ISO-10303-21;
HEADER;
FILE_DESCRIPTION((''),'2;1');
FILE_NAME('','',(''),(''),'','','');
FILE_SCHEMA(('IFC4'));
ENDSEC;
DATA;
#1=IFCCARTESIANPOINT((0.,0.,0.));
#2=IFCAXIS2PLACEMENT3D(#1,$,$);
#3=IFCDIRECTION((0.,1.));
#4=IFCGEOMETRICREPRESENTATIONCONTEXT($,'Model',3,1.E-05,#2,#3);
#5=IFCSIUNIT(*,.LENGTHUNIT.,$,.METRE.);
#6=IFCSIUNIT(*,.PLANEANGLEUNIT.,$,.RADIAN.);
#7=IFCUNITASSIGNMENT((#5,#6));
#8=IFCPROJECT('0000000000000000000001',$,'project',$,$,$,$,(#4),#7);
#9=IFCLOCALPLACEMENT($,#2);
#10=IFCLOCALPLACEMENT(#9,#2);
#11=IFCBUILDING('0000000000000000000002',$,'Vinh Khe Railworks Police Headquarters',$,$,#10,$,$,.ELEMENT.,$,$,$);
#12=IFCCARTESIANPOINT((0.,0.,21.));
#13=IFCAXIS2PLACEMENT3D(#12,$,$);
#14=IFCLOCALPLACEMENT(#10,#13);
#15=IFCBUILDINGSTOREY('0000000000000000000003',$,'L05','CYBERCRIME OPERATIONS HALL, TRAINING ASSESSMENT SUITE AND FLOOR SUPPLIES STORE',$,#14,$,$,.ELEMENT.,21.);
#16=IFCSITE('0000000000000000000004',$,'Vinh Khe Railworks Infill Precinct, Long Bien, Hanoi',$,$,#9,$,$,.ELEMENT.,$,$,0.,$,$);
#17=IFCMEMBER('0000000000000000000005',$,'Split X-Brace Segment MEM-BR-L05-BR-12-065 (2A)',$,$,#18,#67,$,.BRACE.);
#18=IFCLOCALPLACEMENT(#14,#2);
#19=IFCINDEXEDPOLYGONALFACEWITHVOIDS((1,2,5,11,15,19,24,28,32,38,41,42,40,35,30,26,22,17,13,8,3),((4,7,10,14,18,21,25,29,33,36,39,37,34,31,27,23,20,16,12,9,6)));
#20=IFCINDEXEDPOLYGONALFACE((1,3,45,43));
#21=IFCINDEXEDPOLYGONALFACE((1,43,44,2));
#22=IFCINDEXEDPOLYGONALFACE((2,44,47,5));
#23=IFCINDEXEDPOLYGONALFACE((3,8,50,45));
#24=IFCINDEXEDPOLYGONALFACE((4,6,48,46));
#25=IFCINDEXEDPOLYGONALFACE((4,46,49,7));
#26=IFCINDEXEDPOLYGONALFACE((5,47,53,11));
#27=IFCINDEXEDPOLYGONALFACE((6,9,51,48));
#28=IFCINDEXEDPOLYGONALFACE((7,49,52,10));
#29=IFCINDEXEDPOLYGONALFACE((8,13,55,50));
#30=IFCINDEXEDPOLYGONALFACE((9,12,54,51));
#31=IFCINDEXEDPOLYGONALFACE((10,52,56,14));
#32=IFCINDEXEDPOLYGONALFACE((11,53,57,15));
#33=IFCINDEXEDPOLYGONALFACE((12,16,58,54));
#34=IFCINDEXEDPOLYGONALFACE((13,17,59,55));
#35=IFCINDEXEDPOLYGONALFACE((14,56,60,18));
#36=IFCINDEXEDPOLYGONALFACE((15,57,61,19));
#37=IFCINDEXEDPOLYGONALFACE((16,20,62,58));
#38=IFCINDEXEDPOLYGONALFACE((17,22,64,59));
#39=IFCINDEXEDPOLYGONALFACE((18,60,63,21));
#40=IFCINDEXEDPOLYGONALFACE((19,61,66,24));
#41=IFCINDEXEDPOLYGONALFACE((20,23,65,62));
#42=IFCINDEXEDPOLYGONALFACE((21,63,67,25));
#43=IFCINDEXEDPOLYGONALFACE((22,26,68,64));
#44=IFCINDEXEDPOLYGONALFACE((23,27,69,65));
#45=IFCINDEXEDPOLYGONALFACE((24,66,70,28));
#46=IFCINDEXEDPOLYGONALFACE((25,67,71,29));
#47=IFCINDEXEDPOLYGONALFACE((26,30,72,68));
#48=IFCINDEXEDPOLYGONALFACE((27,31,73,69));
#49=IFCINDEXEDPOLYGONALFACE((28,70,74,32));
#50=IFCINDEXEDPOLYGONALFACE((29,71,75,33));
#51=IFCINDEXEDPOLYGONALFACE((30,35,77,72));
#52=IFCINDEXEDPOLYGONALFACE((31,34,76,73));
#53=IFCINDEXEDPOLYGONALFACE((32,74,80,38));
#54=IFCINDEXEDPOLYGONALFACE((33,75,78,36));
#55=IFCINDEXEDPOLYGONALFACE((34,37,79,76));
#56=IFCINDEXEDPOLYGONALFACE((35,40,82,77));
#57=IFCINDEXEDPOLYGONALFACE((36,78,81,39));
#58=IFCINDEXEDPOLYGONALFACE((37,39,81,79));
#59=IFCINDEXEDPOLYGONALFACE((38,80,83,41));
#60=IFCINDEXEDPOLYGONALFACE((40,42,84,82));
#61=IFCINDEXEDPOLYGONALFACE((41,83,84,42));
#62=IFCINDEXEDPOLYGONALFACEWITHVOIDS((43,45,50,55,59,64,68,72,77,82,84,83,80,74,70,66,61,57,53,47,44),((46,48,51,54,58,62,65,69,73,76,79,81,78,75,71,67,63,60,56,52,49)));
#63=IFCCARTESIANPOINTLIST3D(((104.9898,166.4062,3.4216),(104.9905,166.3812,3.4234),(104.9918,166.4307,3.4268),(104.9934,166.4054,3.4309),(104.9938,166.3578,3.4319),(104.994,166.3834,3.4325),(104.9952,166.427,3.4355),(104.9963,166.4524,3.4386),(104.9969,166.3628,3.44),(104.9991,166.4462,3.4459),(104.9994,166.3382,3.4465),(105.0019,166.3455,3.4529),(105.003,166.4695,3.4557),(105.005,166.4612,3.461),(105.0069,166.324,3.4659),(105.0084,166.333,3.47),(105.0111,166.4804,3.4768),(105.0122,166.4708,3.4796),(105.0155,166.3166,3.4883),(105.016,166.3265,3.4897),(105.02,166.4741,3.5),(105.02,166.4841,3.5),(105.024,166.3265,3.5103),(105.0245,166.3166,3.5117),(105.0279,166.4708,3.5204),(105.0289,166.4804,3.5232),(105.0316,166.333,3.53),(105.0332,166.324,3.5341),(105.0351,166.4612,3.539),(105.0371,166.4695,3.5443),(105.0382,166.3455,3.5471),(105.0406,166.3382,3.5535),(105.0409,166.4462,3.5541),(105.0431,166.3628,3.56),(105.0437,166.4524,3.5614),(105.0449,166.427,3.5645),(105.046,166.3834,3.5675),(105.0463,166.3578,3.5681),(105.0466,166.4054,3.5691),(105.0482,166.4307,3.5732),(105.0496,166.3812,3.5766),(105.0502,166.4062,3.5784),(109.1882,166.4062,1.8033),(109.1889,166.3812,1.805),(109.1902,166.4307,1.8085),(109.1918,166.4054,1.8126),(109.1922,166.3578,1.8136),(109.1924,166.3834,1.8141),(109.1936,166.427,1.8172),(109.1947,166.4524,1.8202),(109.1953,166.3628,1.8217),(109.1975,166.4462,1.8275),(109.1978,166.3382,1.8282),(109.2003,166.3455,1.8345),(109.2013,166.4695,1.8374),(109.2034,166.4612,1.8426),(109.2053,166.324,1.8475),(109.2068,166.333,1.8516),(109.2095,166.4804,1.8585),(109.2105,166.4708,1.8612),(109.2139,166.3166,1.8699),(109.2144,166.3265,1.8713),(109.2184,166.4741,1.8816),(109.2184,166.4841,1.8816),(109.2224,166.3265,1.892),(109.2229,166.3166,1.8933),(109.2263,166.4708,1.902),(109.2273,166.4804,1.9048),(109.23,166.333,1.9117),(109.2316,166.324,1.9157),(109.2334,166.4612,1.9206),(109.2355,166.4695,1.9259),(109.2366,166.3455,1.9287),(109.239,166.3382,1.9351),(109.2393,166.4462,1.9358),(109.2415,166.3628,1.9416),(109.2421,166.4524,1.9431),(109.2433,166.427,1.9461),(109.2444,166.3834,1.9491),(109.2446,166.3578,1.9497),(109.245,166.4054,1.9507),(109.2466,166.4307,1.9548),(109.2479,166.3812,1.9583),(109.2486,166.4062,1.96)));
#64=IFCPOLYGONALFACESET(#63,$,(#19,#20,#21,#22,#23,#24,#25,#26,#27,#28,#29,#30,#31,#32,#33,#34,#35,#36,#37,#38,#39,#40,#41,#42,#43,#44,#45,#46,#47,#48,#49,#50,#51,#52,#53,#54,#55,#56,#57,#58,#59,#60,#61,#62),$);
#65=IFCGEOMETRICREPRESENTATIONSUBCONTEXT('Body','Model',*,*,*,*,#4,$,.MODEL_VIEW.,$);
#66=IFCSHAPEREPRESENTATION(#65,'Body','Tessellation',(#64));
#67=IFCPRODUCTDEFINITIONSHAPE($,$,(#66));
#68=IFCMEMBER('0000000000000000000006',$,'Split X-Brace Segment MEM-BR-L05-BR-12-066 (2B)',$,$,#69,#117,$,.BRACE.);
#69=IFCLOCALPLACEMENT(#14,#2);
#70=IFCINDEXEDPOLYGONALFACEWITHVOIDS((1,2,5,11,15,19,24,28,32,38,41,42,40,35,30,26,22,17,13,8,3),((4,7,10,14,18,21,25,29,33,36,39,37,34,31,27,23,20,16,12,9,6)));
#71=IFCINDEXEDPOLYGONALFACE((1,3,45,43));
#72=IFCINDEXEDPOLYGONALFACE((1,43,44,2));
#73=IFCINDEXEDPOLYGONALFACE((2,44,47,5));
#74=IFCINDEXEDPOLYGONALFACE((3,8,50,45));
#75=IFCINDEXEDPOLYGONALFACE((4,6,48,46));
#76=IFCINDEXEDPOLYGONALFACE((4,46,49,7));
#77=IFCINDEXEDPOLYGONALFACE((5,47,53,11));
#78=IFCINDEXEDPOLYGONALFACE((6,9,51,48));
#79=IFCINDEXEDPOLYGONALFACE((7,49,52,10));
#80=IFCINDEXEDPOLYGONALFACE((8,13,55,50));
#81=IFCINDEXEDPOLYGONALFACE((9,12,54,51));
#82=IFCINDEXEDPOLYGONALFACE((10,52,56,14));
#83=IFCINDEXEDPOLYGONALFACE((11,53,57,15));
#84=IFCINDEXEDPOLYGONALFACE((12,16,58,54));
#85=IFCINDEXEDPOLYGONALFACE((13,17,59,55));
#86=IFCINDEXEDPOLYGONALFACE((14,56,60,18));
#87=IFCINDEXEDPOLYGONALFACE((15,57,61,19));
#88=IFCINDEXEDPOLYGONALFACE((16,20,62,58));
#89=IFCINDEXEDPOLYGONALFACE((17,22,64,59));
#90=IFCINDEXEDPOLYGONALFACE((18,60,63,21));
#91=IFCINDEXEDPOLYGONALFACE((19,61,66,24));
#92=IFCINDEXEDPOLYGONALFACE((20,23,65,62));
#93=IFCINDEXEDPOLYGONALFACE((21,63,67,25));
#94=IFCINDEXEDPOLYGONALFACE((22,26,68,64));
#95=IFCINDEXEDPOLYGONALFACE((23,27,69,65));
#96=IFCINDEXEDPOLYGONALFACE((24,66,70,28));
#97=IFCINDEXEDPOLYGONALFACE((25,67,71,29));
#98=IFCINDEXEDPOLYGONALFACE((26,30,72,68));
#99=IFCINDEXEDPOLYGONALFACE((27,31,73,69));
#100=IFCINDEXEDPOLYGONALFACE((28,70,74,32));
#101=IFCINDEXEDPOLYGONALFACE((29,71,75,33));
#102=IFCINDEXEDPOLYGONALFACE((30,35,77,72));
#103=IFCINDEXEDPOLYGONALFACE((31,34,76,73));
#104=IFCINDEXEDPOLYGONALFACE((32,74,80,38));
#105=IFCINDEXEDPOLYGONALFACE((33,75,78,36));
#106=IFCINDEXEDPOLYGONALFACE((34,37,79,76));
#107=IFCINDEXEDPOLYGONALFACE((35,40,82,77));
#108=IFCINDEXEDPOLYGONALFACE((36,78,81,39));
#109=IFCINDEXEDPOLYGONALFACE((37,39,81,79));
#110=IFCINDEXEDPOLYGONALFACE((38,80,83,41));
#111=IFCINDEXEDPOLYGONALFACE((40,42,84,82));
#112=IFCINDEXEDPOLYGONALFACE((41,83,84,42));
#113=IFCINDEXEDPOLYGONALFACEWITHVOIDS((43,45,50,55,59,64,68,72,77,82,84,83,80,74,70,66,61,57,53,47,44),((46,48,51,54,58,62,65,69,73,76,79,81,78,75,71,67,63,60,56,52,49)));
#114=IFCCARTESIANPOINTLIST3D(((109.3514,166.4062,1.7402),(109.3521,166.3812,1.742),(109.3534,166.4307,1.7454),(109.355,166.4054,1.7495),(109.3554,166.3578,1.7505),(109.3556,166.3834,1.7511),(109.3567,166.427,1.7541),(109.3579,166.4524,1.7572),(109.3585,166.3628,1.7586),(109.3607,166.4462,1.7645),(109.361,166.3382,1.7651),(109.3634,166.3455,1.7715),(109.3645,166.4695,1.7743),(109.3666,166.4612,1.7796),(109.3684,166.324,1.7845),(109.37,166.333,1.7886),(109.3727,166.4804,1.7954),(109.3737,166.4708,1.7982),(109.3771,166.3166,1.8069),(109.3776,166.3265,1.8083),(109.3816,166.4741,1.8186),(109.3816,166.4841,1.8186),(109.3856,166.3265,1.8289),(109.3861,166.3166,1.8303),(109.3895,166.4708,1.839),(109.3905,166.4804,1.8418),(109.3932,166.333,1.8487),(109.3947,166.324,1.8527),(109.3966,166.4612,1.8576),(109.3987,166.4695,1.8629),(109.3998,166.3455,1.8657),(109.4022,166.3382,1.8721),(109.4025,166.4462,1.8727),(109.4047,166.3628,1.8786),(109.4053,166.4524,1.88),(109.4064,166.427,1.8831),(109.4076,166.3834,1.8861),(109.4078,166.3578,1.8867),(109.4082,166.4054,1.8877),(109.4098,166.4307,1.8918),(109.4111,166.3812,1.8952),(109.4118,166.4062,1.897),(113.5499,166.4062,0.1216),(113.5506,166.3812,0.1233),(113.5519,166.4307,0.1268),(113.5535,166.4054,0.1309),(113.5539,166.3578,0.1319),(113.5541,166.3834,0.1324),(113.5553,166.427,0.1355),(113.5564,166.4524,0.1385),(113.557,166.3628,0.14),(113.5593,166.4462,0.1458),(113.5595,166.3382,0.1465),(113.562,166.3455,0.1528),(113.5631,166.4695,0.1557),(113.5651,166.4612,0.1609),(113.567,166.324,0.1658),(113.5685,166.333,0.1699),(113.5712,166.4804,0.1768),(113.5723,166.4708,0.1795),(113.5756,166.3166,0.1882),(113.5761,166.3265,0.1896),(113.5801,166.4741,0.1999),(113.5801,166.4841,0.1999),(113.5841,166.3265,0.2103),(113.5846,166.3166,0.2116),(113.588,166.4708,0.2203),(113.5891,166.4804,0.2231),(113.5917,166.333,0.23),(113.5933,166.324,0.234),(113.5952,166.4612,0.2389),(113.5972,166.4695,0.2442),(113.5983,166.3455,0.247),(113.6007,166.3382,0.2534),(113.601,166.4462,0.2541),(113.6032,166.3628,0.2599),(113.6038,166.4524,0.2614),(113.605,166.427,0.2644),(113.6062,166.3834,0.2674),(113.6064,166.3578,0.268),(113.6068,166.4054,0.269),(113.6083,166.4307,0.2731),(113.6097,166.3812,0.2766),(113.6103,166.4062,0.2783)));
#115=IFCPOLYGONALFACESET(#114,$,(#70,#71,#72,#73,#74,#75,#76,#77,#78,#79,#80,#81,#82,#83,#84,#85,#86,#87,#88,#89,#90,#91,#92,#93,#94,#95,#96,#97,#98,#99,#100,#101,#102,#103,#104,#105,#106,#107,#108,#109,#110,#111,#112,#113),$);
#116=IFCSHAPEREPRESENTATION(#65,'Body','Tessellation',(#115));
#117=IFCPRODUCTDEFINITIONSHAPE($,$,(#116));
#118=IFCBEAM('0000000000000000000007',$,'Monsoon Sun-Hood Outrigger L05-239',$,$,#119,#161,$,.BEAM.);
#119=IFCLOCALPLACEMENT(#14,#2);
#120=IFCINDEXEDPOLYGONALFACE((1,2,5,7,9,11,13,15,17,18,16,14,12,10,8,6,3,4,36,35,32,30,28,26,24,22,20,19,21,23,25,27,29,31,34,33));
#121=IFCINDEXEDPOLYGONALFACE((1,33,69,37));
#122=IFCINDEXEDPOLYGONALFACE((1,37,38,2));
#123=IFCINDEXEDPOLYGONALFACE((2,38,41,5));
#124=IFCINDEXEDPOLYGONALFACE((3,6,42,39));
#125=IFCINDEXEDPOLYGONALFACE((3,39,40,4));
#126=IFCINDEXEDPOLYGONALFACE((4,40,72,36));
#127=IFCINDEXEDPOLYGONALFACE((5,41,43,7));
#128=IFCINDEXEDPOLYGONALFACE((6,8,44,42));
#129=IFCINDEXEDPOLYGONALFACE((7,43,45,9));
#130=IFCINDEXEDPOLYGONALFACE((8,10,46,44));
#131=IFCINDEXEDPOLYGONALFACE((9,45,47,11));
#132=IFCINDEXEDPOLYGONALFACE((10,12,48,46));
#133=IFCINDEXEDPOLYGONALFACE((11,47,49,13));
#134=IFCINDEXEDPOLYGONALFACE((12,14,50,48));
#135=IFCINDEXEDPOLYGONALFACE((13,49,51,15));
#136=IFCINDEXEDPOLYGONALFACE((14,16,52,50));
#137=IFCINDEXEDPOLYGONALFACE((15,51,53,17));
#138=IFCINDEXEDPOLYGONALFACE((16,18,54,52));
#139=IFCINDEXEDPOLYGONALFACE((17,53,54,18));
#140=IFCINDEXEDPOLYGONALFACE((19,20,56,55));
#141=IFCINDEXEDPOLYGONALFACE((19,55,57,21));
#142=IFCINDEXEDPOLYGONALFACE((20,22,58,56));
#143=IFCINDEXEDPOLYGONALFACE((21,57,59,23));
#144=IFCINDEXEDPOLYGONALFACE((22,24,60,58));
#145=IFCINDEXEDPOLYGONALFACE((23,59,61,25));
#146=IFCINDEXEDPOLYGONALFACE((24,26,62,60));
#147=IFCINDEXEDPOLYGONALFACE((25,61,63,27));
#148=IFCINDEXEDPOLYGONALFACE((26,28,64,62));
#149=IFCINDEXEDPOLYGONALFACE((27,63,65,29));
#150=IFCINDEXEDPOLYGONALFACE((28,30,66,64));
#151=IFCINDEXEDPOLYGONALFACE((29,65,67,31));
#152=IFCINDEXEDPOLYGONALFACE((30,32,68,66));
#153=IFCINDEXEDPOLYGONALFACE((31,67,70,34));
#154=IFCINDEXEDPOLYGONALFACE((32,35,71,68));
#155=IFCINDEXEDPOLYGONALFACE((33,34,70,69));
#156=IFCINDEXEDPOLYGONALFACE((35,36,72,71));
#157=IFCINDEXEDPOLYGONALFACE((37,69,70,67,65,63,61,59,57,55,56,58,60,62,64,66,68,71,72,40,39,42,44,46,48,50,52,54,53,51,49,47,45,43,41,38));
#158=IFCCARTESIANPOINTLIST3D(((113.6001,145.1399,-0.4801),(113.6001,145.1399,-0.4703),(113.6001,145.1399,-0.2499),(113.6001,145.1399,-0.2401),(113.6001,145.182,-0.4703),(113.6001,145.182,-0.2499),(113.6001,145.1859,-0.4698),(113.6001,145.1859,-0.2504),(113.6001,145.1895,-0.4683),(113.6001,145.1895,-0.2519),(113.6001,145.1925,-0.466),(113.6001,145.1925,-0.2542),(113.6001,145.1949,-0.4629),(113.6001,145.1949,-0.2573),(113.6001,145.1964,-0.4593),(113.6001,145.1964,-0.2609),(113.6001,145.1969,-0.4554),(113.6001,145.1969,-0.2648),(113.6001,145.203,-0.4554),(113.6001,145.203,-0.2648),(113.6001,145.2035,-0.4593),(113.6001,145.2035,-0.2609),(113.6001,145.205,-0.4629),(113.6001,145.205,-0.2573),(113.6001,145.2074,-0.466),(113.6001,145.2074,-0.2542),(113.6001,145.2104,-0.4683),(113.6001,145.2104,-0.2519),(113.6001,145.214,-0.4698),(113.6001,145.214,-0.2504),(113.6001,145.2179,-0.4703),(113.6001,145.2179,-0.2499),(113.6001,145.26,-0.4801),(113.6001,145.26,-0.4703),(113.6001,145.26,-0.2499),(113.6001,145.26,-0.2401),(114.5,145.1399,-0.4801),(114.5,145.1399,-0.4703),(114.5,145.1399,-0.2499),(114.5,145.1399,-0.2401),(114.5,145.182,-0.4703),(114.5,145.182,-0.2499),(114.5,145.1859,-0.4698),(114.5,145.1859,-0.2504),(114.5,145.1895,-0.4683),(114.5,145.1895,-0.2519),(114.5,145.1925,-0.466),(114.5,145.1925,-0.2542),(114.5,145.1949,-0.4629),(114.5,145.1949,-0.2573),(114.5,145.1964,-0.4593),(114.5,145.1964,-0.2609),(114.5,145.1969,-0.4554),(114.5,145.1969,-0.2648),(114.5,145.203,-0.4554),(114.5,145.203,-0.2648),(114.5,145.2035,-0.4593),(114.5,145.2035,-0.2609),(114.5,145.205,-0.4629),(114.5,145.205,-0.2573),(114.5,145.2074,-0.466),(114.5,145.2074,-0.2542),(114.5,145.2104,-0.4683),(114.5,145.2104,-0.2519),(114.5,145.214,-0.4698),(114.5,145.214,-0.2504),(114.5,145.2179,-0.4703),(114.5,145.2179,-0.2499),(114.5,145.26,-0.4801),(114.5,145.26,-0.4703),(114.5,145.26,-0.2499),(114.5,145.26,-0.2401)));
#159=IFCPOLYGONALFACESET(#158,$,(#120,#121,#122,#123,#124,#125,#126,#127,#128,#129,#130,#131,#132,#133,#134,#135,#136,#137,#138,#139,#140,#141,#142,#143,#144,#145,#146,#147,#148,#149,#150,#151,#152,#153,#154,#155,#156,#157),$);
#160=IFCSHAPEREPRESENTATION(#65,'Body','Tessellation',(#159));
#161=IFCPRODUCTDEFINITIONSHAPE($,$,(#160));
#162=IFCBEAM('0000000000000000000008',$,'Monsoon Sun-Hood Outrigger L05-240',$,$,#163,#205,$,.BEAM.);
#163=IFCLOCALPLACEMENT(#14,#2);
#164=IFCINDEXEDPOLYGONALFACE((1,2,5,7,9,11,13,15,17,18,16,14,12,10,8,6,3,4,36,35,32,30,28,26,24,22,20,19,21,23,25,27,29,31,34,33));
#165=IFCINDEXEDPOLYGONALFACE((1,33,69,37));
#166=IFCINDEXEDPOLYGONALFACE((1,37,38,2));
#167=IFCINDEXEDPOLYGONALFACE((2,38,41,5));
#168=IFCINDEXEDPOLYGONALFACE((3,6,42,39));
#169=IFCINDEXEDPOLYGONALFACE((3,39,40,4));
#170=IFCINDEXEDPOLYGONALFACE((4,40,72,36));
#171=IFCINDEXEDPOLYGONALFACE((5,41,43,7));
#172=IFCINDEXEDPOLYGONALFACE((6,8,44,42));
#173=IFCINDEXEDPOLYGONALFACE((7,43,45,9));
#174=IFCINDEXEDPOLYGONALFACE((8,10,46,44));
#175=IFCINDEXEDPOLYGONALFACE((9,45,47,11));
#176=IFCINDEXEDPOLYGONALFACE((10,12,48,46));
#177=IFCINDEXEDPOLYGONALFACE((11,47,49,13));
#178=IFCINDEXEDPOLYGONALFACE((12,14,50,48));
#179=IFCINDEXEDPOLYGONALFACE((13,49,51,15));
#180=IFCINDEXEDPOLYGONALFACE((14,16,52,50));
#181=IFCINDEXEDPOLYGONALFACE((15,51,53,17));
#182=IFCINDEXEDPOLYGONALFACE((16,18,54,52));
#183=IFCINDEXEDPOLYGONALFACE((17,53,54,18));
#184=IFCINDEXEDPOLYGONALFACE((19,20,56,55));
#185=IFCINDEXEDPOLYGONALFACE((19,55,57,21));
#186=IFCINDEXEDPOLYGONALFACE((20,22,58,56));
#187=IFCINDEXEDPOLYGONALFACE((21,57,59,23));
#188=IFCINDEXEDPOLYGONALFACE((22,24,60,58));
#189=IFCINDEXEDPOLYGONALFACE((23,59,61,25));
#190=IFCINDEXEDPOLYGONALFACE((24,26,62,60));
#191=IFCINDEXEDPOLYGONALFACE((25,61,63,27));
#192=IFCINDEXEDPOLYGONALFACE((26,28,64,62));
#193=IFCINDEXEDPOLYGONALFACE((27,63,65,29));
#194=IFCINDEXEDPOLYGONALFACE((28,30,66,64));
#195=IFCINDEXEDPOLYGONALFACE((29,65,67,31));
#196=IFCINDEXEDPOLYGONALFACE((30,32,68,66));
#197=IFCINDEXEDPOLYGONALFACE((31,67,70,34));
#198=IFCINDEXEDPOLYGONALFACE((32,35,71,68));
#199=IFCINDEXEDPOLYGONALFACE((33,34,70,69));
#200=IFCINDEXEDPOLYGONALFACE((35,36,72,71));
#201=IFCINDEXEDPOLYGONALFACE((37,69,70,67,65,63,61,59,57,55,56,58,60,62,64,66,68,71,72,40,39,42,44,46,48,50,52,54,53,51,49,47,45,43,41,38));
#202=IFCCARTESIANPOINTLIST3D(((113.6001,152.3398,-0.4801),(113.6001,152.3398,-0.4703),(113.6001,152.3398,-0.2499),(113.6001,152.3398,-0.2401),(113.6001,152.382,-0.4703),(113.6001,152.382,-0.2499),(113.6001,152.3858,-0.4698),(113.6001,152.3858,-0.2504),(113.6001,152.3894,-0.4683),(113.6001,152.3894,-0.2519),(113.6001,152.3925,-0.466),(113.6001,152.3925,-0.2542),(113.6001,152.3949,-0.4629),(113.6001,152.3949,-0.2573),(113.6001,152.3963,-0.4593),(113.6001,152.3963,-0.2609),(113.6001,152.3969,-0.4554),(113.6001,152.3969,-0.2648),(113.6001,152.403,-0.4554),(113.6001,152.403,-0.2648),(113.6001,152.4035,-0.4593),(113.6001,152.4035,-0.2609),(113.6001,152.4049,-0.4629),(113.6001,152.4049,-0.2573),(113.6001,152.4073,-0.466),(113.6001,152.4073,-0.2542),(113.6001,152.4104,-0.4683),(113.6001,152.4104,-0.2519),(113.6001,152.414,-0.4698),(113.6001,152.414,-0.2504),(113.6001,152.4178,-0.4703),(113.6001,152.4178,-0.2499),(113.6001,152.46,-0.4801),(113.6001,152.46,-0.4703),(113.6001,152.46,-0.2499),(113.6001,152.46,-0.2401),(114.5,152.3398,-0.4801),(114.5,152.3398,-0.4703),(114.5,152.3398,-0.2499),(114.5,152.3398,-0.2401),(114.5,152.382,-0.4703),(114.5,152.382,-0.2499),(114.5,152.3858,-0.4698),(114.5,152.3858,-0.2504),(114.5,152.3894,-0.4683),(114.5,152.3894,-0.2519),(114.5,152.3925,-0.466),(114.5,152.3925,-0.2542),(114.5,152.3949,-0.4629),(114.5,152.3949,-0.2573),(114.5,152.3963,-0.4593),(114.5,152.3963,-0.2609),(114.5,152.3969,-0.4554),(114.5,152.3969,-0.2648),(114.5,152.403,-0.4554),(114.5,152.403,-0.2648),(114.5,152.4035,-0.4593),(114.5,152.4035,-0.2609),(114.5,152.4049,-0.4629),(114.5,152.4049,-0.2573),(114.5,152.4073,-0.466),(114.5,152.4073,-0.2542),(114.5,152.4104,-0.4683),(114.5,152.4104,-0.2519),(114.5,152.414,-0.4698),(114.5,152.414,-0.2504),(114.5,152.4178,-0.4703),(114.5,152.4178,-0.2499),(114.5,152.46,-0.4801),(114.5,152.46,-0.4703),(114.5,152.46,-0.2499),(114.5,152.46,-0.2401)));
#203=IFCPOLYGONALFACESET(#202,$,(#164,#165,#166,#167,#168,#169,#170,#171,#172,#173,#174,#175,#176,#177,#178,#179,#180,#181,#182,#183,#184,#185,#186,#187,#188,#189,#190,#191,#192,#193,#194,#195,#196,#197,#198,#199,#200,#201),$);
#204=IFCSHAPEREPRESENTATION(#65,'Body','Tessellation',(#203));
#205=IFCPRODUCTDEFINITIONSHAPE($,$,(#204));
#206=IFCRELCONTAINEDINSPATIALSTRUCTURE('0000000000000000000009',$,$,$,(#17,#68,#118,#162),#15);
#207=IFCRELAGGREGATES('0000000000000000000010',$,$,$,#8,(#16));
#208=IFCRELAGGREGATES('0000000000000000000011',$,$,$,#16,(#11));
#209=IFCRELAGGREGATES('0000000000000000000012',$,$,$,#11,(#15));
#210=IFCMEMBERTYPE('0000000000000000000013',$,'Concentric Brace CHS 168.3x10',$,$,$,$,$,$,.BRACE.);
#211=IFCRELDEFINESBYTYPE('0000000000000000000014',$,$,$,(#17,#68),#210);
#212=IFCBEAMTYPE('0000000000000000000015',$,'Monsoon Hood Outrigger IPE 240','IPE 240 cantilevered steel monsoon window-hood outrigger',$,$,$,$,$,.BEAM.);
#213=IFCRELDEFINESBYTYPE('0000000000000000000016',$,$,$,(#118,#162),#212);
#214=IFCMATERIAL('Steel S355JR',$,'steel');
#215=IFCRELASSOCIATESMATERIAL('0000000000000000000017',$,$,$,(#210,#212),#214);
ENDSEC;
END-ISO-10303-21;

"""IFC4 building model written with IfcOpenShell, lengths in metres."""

from ifc_helpers import new_model, si_unit, direction, frame, origin, origin_2d, place, context, subcontext, project, spatial, hollow_circle, i_section, extrude, material, material_profile, profile_set, type_object, element, save


model = new_model("IFC4")

# Units and contexts
model_context = context("Model", 3, precision=1e-05, world=origin(), true_north=direction((0.0, 1.0)))
body_context = subcontext(model_context, "Body", "Model", "MODEL_VIEW")
ifc_project = project(units=[si_unit("LENGTHUNIT", "METRE"), si_unit("PLANEANGLEUNIT", "RADIAN")], contexts=[model_context])

# Site, building, storey
site_placement = place(None, origin())
site = spatial("IfcSite", under=ifc_project, at=site_placement, Name="Vinh Khe Railworks Infill Precinct, Long Bien, Hanoi", CompositionType="ELEMENT", RefElevation=0.0)
building_placement = place(site_placement, origin())
building = spatial("IfcBuilding", under=site, at=building_placement, Name="Vinh Khe Railworks Police Headquarters", CompositionType="ELEMENT")
storey_placement = place(building_placement, frame((0.0, 0.0, 21.0)))
storey = spatial("IfcBuildingStorey", under=building, at=storey_placement, Name="L05", Description="CYBERCRIME OPERATIONS HALL, TRAINING ASSESSMENT SUITE AND FLOOR SUPPLIES STORE", CompositionType="ELEMENT", Elevation=21.0)

# Shared definitions
ifc_material_1 = material(Name="Steel S355JR", Category="steel")

# Members
ifc_material_profile_1 = material_profile(ifc_material_1, hollow_circle(Radius=0.0842, WallThickness=0.01, at=origin_2d()), Name="CHS 168.3x10")
ifc_profile_set_1 = profile_set([ifc_material_profile_1], Name="Steel S355JR")
member_type = type_object("IfcMemberType", Name="Concentric Brace CHS 168.3x10", PredefinedType="BRACE", material=ifc_profile_set_1)
member_1_placement = place(storey_placement, frame((105.02, 166.3999, 3.5), z_axis=(0.933077, 0.0, -0.359677), x_axis=(0.0, 1.0, 0.0)))
element("IfcMember", 1, at=member_1_placement, inside=storey, type_object=member_type, Name="Split X-Brace Segment MEM-BR-L05-BR-12-065 (2A)", PredefinedType="BRACE", context=body_context, shape_type="SweptSolid", body=[
    extrude(hollow_circle(Radius=0.0842, WallThickness=0.01, at=origin_2d()), origin(), (0.0, 0.0, 1.0), 4.4995),
])
member_2_placement = place(storey_placement, frame((109.3816, 166.3999, 1.8186), z_axis=(0.933059, 0.0, -0.359724), x_axis=(0.0, 1.0, 0.0)))
element("IfcMember", 2, at=member_2_placement, inside=storey, type_object=member_type, Name="Split X-Brace Segment MEM-BR-L05-BR-12-066 (2B)", PredefinedType="BRACE", context=body_context, shape_type="SweptSolid", body=[
    extrude(hollow_circle(Radius=0.0842, WallThickness=0.01, at=origin_2d()), origin(), (0.0, 0.0, 1.0), 4.4998),
])

# Beams
ifc_material_profile_2 = material_profile(ifc_material_1, i_section(OverallWidth=0.1201, OverallDepth=0.24, WebThickness=0.0061, FlangeThickness=0.0098, FilletRadius=0.0149, at=origin_2d()), Name="IPE 240")
ifc_profile_set_2 = profile_set([ifc_material_profile_2], Name="Steel S355JR")
beam_type_1 = type_object("IfcBeamType", Name="Monsoon Hood Outrigger IPE 240", Description="IPE 240 cantilevered steel monsoon window-hood outrigger", PredefinedType="BEAM", material=ifc_profile_set_2)
for number, where, z_axis, x_axis, name in (
    (3, (113.6001, 145.2, -0.3601), (1.0, 0.0, 0.0), (0.0, 1.0, 0.0), "Monsoon Sun-Hood Outrigger L05-239"),
    (4, (113.6001, 152.3999, -0.3601), (1.0, 0.0, 0.0), (0.0, 1.0, 0.0), "Monsoon Sun-Hood Outrigger L05-240"),
):
    element("IfcBeam", number, at=place(storey_placement, frame(where, z_axis=z_axis, x_axis=x_axis)), inside=storey, type_object=beam_type_1, Name=name, PredefinedType="BEAM", context=body_context, shape_type="SweptSolid", body=[
        extrude(i_section(OverallWidth=0.1201, OverallDepth=0.24, WebThickness=0.0061, FlangeThickness=0.0098, FilletRadius=0.0149, at=origin_2d()), origin(), (0.0, 0.0, 1.0), 0.8999),
    ])

save(model, "model.ifc")
